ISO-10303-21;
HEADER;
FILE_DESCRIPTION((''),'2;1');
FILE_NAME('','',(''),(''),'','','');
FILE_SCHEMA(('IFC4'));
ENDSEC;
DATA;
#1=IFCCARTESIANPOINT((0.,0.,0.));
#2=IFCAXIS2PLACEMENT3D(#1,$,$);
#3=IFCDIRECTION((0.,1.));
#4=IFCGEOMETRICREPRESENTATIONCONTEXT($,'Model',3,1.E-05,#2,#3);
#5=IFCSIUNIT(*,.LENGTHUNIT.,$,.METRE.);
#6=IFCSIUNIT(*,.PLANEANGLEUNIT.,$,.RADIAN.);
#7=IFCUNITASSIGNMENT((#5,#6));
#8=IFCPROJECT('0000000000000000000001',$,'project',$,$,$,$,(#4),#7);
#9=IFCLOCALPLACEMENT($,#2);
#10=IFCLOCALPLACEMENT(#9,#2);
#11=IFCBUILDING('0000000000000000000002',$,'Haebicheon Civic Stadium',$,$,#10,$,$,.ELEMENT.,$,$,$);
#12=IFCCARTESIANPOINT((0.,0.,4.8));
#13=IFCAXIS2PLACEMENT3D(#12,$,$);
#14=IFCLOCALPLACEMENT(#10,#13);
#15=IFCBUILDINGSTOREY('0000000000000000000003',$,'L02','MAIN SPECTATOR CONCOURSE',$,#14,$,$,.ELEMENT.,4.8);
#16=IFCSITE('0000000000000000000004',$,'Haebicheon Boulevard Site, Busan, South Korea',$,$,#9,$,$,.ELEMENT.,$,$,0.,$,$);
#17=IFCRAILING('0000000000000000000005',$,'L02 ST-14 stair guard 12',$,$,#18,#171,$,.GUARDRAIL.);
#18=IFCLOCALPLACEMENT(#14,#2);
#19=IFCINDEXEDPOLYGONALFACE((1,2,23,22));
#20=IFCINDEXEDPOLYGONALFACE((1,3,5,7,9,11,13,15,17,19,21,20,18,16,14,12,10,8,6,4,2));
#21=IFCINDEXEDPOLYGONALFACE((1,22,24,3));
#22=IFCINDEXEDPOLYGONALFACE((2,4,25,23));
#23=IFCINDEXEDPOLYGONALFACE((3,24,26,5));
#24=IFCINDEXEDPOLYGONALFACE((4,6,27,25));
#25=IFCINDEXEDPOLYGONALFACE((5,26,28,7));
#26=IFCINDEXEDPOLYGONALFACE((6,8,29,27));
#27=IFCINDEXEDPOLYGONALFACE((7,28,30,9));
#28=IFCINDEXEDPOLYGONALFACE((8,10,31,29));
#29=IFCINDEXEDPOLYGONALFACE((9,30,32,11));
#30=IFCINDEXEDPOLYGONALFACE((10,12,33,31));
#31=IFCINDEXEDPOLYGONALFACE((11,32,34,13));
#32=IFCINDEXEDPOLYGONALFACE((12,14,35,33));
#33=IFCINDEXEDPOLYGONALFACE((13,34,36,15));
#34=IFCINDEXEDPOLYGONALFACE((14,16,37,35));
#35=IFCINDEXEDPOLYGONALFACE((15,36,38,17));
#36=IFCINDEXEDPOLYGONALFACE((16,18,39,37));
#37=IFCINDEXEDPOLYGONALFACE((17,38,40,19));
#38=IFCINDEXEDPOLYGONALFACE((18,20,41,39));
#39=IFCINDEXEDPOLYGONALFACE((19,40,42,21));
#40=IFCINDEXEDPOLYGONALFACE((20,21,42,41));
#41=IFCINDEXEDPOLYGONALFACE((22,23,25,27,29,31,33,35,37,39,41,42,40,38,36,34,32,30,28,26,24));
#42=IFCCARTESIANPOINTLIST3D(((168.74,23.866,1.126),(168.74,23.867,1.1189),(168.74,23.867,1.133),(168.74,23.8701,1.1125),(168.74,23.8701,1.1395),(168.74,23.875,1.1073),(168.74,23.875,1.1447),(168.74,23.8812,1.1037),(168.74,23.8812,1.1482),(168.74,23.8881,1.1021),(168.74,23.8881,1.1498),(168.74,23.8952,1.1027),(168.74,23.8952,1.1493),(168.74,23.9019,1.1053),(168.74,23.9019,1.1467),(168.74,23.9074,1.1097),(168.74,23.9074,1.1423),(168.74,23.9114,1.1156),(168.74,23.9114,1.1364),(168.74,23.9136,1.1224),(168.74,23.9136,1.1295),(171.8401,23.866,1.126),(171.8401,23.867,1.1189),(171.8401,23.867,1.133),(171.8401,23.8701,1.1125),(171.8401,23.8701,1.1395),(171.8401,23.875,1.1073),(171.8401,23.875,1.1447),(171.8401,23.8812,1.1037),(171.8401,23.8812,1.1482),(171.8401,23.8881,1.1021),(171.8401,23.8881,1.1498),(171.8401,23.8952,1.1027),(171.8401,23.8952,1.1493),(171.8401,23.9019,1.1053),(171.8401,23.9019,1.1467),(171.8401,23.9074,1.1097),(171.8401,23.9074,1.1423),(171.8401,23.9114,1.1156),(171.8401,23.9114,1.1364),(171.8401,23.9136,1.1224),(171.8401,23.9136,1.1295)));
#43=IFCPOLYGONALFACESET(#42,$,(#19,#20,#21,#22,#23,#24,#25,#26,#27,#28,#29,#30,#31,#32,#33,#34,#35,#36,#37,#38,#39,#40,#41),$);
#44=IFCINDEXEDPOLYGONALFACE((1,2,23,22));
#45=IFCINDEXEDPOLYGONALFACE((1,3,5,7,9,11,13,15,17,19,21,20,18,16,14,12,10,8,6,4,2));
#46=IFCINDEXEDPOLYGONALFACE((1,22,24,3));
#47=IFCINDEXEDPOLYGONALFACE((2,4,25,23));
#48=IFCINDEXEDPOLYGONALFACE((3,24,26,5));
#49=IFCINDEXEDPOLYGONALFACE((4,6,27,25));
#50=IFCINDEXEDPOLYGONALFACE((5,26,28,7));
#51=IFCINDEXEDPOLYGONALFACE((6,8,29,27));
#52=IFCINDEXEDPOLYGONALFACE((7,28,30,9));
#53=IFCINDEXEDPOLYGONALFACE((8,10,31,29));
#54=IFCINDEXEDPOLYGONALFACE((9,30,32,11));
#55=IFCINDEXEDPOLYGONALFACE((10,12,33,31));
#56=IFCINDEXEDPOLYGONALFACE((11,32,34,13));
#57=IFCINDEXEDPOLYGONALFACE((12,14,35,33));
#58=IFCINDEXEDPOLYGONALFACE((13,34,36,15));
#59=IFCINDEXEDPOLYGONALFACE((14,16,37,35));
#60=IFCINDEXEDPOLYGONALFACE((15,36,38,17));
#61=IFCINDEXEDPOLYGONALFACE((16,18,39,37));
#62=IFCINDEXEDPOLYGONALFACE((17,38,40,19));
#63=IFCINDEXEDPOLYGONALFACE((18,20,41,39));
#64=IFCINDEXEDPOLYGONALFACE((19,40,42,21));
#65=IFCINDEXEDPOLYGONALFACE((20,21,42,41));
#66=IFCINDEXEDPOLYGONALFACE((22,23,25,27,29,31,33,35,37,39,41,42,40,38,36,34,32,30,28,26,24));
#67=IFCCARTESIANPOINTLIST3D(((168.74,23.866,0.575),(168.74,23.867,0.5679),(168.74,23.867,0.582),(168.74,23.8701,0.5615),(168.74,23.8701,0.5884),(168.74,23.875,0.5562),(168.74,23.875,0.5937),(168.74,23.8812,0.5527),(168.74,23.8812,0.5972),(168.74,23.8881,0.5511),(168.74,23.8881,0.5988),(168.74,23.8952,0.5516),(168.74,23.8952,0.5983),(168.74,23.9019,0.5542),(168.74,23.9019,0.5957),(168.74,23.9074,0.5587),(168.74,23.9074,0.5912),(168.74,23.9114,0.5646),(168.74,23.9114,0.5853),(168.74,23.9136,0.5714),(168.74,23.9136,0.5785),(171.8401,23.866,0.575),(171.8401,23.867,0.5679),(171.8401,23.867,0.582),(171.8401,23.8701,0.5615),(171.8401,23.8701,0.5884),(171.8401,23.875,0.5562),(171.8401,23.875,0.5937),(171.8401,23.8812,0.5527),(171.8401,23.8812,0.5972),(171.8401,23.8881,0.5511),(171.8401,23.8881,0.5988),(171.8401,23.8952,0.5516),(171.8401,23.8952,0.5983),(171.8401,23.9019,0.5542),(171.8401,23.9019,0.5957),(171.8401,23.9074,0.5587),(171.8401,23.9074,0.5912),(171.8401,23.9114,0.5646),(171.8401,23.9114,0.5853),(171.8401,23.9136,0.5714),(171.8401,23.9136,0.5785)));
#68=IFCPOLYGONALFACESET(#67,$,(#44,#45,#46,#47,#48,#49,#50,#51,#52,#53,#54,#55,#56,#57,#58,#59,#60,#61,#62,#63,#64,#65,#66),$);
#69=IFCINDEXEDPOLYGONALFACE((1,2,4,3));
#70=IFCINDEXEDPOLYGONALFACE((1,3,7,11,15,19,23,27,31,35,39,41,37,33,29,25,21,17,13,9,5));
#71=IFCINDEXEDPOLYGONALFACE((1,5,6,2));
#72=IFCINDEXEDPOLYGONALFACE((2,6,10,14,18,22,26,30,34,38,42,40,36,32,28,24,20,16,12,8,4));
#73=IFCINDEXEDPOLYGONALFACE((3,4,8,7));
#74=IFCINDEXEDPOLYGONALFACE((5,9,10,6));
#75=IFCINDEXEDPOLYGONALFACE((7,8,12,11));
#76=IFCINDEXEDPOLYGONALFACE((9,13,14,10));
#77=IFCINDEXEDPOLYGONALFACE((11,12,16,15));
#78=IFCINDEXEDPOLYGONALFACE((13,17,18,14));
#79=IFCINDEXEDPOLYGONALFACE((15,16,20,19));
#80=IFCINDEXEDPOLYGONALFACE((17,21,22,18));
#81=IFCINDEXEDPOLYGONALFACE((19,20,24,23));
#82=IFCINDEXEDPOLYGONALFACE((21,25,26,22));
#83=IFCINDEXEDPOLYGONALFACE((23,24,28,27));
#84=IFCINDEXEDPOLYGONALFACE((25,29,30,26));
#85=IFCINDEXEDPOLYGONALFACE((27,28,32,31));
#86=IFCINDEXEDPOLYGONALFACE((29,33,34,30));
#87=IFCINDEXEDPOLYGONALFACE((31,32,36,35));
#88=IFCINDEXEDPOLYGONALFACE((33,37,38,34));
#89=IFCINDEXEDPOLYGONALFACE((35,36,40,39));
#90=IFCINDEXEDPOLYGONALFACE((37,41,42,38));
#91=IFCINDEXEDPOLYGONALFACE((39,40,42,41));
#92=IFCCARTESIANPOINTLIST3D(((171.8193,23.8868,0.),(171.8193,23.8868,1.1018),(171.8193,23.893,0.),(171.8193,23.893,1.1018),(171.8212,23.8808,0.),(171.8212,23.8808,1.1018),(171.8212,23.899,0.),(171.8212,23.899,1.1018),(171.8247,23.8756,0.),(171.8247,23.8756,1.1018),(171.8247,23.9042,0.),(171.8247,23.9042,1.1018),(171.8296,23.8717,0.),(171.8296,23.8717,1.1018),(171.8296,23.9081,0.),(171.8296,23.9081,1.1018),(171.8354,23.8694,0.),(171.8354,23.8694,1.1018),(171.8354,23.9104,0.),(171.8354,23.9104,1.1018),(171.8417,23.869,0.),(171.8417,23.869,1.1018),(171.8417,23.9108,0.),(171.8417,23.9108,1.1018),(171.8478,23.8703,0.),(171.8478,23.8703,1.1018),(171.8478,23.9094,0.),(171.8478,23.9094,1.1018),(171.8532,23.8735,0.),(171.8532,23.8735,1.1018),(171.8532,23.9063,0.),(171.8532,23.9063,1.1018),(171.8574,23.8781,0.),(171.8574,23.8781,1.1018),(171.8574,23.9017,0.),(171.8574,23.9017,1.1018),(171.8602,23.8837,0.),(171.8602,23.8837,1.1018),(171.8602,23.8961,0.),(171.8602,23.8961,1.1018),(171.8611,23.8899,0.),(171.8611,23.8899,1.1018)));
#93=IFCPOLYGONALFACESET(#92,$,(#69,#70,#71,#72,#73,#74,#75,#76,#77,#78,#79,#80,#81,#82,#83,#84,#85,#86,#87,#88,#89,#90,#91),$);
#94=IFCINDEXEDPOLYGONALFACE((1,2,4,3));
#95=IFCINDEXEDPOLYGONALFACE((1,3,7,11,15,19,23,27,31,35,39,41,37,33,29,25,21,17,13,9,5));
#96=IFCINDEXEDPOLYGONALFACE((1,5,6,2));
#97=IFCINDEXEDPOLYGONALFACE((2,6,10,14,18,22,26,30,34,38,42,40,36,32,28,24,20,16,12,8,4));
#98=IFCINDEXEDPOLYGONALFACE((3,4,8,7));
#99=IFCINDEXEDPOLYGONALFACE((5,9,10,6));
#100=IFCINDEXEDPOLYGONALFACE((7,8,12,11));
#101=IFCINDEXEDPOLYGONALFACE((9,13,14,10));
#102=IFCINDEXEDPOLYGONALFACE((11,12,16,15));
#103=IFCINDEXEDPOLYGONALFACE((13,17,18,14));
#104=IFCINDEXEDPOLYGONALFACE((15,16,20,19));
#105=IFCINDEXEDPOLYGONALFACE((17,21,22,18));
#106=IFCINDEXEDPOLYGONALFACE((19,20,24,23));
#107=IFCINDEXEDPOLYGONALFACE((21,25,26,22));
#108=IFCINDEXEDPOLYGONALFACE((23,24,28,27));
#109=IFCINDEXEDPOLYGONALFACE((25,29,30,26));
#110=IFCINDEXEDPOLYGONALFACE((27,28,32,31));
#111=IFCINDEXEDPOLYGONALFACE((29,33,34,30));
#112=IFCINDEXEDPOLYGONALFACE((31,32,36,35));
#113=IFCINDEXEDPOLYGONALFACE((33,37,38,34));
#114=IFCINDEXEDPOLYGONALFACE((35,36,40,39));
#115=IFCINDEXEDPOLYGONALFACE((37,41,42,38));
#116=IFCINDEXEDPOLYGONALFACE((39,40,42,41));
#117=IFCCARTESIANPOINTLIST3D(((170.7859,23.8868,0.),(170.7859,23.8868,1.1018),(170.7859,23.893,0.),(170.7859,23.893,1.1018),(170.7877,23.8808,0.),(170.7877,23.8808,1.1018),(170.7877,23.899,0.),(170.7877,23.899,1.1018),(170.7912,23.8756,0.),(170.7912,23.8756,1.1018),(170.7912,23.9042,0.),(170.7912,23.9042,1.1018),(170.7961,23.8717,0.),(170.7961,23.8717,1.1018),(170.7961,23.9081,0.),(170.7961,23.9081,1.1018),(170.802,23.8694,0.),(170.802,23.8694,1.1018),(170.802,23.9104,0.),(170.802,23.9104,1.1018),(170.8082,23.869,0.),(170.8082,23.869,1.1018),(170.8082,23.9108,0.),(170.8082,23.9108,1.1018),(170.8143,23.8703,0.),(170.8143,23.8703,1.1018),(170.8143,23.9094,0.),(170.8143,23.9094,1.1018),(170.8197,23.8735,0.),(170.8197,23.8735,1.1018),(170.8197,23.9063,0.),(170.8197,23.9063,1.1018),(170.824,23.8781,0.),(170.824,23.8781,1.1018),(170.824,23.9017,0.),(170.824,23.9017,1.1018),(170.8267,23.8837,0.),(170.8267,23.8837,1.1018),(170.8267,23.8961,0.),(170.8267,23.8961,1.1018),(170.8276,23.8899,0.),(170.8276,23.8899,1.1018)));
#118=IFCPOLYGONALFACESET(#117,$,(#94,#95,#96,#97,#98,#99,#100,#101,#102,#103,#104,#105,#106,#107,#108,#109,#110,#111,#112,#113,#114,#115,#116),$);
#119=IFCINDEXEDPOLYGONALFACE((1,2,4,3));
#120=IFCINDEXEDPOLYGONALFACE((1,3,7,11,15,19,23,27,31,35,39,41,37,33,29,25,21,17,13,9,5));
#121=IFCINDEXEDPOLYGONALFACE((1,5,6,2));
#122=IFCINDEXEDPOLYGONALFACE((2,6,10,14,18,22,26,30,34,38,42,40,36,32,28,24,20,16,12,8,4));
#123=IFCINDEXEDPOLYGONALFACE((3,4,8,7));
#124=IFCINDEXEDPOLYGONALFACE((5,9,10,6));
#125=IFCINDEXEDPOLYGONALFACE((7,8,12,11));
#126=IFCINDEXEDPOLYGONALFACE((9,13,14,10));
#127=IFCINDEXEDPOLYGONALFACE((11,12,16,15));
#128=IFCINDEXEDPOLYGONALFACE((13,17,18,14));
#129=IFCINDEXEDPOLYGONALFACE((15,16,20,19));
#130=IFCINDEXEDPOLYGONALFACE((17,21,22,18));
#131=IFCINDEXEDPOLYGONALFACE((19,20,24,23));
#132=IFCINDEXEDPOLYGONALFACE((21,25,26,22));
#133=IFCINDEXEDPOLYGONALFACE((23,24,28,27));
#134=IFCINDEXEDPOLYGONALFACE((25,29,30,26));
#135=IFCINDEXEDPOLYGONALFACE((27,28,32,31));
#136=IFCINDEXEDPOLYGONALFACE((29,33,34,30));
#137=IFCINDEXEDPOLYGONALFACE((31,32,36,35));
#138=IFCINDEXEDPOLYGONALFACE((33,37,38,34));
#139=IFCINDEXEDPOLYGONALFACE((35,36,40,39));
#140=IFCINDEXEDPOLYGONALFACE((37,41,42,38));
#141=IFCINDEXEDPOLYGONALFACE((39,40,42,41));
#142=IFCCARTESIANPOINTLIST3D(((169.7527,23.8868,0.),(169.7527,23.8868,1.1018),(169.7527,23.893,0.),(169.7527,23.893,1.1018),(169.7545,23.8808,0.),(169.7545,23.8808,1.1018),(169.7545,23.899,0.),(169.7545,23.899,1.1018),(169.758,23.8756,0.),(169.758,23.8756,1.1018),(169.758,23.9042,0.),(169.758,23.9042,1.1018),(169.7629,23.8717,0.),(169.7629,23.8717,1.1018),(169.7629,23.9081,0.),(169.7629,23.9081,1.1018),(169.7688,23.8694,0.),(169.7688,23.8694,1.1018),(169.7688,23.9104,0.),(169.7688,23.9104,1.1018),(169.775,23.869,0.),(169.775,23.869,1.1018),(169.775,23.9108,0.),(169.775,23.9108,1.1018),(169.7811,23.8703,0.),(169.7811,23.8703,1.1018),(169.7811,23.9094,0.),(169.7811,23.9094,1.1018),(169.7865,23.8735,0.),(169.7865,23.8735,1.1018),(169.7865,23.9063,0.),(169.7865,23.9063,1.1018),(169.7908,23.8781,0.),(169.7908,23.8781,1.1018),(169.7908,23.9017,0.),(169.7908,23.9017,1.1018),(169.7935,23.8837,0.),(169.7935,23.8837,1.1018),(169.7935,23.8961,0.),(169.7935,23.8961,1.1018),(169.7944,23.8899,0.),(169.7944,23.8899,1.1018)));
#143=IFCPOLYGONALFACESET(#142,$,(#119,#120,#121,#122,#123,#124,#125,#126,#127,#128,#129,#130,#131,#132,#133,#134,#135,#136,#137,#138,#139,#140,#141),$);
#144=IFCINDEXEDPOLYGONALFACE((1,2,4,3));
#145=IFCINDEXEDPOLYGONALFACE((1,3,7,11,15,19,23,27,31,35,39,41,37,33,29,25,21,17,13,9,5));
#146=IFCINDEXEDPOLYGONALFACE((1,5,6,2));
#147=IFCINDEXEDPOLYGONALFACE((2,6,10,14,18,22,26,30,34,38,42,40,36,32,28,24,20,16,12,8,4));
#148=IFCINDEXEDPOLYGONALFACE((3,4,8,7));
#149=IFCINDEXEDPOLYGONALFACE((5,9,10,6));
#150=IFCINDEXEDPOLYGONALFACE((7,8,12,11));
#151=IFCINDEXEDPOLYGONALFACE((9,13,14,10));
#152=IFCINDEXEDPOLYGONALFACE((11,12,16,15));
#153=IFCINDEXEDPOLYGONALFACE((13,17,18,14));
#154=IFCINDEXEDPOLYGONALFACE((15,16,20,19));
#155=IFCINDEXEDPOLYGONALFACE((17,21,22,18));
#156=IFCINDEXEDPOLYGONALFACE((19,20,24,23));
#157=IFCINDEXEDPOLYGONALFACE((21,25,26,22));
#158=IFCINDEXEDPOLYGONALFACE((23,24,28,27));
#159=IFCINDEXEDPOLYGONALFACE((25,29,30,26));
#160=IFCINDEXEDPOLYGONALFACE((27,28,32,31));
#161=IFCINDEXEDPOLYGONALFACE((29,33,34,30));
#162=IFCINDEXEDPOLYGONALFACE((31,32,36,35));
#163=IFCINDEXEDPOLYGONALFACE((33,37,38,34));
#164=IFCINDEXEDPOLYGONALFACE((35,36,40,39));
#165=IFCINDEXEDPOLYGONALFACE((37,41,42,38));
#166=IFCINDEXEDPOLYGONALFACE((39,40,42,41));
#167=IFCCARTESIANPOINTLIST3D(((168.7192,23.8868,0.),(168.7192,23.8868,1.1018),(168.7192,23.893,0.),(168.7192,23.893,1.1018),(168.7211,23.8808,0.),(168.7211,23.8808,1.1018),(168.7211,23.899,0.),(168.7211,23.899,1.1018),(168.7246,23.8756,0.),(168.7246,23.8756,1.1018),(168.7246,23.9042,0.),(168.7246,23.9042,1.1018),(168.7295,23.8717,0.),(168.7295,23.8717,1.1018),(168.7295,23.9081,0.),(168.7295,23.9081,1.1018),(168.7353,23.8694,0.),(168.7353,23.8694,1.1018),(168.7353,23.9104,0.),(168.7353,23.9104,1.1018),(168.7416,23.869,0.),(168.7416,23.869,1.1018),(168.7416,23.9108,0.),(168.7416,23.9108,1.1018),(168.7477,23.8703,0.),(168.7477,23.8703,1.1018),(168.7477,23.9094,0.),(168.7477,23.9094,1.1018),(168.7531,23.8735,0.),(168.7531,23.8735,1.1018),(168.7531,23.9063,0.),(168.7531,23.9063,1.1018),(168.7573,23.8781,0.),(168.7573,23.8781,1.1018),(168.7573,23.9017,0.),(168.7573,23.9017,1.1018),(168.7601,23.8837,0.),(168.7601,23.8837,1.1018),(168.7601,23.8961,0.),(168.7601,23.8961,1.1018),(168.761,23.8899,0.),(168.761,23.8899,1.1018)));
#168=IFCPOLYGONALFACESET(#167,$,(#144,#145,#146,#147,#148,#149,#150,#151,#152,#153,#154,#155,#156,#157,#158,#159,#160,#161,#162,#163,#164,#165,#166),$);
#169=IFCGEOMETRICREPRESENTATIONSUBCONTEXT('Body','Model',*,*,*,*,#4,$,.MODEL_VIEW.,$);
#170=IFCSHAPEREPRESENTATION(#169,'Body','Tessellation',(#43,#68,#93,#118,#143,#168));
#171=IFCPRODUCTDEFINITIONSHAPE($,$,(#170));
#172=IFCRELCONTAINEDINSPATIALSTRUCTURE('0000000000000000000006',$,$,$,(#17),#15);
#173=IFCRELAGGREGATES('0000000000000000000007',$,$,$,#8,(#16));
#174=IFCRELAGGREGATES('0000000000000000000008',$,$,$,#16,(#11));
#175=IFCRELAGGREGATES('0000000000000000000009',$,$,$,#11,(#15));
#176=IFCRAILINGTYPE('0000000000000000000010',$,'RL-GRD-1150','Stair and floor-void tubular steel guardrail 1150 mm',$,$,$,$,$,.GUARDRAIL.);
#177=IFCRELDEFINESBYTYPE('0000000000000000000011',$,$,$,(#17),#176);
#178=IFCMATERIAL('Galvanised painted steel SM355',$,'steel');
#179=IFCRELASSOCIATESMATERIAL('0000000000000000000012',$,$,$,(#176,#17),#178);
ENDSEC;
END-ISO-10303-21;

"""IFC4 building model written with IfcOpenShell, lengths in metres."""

from ifc_helpers import new_model, si_unit, direction, frame, origin, origin_2d, place, context, subcontext, project, spatial, circle, extrude, material, type_object, element, save


model = new_model("IFC4")

# Units and contexts
model_context = context("Model", 3, precision=1e-05, world=origin(), true_north=direction((0.0, 1.0)))
body_context = subcontext(model_context, "Body", "Model", "MODEL_VIEW")
ifc_project = project(units=[si_unit("LENGTHUNIT", "METRE"), si_unit("PLANEANGLEUNIT", "RADIAN")], contexts=[model_context])

# Site, building, storey
site_placement = place(None, origin())
site = spatial("IfcSite", under=ifc_project, at=site_placement, Name="Haebicheon Boulevard Site, Busan, South Korea", CompositionType="ELEMENT", RefElevation=0.0)
building_placement = place(site_placement, origin())
building = spatial("IfcBuilding", under=site, at=building_placement, Name="Haebicheon Civic Stadium", CompositionType="ELEMENT")
storey_placement = place(building_placement, frame((0.0, 0.0, 4.8)))
storey = spatial("IfcBuildingStorey", under=building, at=storey_placement, Name="L02", Description="MAIN SPECTATOR CONCOURSE", CompositionType="ELEMENT", Elevation=4.8)

# Railing
ifc_material_1 = material(Name="Galvanised painted steel SM355", Category="steel")
railing_type_1 = type_object("IfcRailingType", Name="RL-GRD-1150", Description="Stair and floor-void tubular steel guardrail 1150 mm", PredefinedType="GUARDRAIL", material=ifc_material_1)
railing_1_placement = place(storey_placement, frame((171.8401, 23.8899, 0.0)))
element("IfcRailing", 1, at=railing_1_placement, inside=storey, type_object=railing_type_1, material=ifc_material_1, Name="L02 ST-14 stair guard 12", PredefinedType="GUARDRAIL", context=body_context, shape_type="SweptSolid", body=[
    extrude(circle(Radius=0.0239, at=origin_2d()), frame((0.0, 0.0, 1.126), z_axis=(-1.0, 0.0, 0.0), x_axis=(0.0, -1.0, 0.0)), (0.0, 0.0, 1.0), 3.1001),
    extrude(circle(Radius=0.0239, at=origin_2d()), frame((0.0, 0.0, 0.575), z_axis=(-1.0, 0.0, 0.0), x_axis=(0.0, -1.0, 0.0)), (0.0, 0.0, 1.0), 3.1001),
    extrude(circle(Radius=0.021, at=origin_2d()), origin(), (0.0, 0.0, 1.0), 1.1018),
    extrude(circle(Radius=0.021, at=origin_2d()), frame((-1.0334, 0.0, 0.0)), (0.0, 0.0, 1.0), 1.1018),
    extrude(circle(Radius=0.021, at=origin_2d()), frame((-2.0667, 0.0, 0.0)), (0.0, 0.0, 1.0), 1.1018),
    extrude(circle(Radius=0.021, at=origin_2d()), frame((-3.1001, 0.0, 0.0)), (0.0, 0.0, 1.0), 1.1018),
])

save(model, "model.ifc")
